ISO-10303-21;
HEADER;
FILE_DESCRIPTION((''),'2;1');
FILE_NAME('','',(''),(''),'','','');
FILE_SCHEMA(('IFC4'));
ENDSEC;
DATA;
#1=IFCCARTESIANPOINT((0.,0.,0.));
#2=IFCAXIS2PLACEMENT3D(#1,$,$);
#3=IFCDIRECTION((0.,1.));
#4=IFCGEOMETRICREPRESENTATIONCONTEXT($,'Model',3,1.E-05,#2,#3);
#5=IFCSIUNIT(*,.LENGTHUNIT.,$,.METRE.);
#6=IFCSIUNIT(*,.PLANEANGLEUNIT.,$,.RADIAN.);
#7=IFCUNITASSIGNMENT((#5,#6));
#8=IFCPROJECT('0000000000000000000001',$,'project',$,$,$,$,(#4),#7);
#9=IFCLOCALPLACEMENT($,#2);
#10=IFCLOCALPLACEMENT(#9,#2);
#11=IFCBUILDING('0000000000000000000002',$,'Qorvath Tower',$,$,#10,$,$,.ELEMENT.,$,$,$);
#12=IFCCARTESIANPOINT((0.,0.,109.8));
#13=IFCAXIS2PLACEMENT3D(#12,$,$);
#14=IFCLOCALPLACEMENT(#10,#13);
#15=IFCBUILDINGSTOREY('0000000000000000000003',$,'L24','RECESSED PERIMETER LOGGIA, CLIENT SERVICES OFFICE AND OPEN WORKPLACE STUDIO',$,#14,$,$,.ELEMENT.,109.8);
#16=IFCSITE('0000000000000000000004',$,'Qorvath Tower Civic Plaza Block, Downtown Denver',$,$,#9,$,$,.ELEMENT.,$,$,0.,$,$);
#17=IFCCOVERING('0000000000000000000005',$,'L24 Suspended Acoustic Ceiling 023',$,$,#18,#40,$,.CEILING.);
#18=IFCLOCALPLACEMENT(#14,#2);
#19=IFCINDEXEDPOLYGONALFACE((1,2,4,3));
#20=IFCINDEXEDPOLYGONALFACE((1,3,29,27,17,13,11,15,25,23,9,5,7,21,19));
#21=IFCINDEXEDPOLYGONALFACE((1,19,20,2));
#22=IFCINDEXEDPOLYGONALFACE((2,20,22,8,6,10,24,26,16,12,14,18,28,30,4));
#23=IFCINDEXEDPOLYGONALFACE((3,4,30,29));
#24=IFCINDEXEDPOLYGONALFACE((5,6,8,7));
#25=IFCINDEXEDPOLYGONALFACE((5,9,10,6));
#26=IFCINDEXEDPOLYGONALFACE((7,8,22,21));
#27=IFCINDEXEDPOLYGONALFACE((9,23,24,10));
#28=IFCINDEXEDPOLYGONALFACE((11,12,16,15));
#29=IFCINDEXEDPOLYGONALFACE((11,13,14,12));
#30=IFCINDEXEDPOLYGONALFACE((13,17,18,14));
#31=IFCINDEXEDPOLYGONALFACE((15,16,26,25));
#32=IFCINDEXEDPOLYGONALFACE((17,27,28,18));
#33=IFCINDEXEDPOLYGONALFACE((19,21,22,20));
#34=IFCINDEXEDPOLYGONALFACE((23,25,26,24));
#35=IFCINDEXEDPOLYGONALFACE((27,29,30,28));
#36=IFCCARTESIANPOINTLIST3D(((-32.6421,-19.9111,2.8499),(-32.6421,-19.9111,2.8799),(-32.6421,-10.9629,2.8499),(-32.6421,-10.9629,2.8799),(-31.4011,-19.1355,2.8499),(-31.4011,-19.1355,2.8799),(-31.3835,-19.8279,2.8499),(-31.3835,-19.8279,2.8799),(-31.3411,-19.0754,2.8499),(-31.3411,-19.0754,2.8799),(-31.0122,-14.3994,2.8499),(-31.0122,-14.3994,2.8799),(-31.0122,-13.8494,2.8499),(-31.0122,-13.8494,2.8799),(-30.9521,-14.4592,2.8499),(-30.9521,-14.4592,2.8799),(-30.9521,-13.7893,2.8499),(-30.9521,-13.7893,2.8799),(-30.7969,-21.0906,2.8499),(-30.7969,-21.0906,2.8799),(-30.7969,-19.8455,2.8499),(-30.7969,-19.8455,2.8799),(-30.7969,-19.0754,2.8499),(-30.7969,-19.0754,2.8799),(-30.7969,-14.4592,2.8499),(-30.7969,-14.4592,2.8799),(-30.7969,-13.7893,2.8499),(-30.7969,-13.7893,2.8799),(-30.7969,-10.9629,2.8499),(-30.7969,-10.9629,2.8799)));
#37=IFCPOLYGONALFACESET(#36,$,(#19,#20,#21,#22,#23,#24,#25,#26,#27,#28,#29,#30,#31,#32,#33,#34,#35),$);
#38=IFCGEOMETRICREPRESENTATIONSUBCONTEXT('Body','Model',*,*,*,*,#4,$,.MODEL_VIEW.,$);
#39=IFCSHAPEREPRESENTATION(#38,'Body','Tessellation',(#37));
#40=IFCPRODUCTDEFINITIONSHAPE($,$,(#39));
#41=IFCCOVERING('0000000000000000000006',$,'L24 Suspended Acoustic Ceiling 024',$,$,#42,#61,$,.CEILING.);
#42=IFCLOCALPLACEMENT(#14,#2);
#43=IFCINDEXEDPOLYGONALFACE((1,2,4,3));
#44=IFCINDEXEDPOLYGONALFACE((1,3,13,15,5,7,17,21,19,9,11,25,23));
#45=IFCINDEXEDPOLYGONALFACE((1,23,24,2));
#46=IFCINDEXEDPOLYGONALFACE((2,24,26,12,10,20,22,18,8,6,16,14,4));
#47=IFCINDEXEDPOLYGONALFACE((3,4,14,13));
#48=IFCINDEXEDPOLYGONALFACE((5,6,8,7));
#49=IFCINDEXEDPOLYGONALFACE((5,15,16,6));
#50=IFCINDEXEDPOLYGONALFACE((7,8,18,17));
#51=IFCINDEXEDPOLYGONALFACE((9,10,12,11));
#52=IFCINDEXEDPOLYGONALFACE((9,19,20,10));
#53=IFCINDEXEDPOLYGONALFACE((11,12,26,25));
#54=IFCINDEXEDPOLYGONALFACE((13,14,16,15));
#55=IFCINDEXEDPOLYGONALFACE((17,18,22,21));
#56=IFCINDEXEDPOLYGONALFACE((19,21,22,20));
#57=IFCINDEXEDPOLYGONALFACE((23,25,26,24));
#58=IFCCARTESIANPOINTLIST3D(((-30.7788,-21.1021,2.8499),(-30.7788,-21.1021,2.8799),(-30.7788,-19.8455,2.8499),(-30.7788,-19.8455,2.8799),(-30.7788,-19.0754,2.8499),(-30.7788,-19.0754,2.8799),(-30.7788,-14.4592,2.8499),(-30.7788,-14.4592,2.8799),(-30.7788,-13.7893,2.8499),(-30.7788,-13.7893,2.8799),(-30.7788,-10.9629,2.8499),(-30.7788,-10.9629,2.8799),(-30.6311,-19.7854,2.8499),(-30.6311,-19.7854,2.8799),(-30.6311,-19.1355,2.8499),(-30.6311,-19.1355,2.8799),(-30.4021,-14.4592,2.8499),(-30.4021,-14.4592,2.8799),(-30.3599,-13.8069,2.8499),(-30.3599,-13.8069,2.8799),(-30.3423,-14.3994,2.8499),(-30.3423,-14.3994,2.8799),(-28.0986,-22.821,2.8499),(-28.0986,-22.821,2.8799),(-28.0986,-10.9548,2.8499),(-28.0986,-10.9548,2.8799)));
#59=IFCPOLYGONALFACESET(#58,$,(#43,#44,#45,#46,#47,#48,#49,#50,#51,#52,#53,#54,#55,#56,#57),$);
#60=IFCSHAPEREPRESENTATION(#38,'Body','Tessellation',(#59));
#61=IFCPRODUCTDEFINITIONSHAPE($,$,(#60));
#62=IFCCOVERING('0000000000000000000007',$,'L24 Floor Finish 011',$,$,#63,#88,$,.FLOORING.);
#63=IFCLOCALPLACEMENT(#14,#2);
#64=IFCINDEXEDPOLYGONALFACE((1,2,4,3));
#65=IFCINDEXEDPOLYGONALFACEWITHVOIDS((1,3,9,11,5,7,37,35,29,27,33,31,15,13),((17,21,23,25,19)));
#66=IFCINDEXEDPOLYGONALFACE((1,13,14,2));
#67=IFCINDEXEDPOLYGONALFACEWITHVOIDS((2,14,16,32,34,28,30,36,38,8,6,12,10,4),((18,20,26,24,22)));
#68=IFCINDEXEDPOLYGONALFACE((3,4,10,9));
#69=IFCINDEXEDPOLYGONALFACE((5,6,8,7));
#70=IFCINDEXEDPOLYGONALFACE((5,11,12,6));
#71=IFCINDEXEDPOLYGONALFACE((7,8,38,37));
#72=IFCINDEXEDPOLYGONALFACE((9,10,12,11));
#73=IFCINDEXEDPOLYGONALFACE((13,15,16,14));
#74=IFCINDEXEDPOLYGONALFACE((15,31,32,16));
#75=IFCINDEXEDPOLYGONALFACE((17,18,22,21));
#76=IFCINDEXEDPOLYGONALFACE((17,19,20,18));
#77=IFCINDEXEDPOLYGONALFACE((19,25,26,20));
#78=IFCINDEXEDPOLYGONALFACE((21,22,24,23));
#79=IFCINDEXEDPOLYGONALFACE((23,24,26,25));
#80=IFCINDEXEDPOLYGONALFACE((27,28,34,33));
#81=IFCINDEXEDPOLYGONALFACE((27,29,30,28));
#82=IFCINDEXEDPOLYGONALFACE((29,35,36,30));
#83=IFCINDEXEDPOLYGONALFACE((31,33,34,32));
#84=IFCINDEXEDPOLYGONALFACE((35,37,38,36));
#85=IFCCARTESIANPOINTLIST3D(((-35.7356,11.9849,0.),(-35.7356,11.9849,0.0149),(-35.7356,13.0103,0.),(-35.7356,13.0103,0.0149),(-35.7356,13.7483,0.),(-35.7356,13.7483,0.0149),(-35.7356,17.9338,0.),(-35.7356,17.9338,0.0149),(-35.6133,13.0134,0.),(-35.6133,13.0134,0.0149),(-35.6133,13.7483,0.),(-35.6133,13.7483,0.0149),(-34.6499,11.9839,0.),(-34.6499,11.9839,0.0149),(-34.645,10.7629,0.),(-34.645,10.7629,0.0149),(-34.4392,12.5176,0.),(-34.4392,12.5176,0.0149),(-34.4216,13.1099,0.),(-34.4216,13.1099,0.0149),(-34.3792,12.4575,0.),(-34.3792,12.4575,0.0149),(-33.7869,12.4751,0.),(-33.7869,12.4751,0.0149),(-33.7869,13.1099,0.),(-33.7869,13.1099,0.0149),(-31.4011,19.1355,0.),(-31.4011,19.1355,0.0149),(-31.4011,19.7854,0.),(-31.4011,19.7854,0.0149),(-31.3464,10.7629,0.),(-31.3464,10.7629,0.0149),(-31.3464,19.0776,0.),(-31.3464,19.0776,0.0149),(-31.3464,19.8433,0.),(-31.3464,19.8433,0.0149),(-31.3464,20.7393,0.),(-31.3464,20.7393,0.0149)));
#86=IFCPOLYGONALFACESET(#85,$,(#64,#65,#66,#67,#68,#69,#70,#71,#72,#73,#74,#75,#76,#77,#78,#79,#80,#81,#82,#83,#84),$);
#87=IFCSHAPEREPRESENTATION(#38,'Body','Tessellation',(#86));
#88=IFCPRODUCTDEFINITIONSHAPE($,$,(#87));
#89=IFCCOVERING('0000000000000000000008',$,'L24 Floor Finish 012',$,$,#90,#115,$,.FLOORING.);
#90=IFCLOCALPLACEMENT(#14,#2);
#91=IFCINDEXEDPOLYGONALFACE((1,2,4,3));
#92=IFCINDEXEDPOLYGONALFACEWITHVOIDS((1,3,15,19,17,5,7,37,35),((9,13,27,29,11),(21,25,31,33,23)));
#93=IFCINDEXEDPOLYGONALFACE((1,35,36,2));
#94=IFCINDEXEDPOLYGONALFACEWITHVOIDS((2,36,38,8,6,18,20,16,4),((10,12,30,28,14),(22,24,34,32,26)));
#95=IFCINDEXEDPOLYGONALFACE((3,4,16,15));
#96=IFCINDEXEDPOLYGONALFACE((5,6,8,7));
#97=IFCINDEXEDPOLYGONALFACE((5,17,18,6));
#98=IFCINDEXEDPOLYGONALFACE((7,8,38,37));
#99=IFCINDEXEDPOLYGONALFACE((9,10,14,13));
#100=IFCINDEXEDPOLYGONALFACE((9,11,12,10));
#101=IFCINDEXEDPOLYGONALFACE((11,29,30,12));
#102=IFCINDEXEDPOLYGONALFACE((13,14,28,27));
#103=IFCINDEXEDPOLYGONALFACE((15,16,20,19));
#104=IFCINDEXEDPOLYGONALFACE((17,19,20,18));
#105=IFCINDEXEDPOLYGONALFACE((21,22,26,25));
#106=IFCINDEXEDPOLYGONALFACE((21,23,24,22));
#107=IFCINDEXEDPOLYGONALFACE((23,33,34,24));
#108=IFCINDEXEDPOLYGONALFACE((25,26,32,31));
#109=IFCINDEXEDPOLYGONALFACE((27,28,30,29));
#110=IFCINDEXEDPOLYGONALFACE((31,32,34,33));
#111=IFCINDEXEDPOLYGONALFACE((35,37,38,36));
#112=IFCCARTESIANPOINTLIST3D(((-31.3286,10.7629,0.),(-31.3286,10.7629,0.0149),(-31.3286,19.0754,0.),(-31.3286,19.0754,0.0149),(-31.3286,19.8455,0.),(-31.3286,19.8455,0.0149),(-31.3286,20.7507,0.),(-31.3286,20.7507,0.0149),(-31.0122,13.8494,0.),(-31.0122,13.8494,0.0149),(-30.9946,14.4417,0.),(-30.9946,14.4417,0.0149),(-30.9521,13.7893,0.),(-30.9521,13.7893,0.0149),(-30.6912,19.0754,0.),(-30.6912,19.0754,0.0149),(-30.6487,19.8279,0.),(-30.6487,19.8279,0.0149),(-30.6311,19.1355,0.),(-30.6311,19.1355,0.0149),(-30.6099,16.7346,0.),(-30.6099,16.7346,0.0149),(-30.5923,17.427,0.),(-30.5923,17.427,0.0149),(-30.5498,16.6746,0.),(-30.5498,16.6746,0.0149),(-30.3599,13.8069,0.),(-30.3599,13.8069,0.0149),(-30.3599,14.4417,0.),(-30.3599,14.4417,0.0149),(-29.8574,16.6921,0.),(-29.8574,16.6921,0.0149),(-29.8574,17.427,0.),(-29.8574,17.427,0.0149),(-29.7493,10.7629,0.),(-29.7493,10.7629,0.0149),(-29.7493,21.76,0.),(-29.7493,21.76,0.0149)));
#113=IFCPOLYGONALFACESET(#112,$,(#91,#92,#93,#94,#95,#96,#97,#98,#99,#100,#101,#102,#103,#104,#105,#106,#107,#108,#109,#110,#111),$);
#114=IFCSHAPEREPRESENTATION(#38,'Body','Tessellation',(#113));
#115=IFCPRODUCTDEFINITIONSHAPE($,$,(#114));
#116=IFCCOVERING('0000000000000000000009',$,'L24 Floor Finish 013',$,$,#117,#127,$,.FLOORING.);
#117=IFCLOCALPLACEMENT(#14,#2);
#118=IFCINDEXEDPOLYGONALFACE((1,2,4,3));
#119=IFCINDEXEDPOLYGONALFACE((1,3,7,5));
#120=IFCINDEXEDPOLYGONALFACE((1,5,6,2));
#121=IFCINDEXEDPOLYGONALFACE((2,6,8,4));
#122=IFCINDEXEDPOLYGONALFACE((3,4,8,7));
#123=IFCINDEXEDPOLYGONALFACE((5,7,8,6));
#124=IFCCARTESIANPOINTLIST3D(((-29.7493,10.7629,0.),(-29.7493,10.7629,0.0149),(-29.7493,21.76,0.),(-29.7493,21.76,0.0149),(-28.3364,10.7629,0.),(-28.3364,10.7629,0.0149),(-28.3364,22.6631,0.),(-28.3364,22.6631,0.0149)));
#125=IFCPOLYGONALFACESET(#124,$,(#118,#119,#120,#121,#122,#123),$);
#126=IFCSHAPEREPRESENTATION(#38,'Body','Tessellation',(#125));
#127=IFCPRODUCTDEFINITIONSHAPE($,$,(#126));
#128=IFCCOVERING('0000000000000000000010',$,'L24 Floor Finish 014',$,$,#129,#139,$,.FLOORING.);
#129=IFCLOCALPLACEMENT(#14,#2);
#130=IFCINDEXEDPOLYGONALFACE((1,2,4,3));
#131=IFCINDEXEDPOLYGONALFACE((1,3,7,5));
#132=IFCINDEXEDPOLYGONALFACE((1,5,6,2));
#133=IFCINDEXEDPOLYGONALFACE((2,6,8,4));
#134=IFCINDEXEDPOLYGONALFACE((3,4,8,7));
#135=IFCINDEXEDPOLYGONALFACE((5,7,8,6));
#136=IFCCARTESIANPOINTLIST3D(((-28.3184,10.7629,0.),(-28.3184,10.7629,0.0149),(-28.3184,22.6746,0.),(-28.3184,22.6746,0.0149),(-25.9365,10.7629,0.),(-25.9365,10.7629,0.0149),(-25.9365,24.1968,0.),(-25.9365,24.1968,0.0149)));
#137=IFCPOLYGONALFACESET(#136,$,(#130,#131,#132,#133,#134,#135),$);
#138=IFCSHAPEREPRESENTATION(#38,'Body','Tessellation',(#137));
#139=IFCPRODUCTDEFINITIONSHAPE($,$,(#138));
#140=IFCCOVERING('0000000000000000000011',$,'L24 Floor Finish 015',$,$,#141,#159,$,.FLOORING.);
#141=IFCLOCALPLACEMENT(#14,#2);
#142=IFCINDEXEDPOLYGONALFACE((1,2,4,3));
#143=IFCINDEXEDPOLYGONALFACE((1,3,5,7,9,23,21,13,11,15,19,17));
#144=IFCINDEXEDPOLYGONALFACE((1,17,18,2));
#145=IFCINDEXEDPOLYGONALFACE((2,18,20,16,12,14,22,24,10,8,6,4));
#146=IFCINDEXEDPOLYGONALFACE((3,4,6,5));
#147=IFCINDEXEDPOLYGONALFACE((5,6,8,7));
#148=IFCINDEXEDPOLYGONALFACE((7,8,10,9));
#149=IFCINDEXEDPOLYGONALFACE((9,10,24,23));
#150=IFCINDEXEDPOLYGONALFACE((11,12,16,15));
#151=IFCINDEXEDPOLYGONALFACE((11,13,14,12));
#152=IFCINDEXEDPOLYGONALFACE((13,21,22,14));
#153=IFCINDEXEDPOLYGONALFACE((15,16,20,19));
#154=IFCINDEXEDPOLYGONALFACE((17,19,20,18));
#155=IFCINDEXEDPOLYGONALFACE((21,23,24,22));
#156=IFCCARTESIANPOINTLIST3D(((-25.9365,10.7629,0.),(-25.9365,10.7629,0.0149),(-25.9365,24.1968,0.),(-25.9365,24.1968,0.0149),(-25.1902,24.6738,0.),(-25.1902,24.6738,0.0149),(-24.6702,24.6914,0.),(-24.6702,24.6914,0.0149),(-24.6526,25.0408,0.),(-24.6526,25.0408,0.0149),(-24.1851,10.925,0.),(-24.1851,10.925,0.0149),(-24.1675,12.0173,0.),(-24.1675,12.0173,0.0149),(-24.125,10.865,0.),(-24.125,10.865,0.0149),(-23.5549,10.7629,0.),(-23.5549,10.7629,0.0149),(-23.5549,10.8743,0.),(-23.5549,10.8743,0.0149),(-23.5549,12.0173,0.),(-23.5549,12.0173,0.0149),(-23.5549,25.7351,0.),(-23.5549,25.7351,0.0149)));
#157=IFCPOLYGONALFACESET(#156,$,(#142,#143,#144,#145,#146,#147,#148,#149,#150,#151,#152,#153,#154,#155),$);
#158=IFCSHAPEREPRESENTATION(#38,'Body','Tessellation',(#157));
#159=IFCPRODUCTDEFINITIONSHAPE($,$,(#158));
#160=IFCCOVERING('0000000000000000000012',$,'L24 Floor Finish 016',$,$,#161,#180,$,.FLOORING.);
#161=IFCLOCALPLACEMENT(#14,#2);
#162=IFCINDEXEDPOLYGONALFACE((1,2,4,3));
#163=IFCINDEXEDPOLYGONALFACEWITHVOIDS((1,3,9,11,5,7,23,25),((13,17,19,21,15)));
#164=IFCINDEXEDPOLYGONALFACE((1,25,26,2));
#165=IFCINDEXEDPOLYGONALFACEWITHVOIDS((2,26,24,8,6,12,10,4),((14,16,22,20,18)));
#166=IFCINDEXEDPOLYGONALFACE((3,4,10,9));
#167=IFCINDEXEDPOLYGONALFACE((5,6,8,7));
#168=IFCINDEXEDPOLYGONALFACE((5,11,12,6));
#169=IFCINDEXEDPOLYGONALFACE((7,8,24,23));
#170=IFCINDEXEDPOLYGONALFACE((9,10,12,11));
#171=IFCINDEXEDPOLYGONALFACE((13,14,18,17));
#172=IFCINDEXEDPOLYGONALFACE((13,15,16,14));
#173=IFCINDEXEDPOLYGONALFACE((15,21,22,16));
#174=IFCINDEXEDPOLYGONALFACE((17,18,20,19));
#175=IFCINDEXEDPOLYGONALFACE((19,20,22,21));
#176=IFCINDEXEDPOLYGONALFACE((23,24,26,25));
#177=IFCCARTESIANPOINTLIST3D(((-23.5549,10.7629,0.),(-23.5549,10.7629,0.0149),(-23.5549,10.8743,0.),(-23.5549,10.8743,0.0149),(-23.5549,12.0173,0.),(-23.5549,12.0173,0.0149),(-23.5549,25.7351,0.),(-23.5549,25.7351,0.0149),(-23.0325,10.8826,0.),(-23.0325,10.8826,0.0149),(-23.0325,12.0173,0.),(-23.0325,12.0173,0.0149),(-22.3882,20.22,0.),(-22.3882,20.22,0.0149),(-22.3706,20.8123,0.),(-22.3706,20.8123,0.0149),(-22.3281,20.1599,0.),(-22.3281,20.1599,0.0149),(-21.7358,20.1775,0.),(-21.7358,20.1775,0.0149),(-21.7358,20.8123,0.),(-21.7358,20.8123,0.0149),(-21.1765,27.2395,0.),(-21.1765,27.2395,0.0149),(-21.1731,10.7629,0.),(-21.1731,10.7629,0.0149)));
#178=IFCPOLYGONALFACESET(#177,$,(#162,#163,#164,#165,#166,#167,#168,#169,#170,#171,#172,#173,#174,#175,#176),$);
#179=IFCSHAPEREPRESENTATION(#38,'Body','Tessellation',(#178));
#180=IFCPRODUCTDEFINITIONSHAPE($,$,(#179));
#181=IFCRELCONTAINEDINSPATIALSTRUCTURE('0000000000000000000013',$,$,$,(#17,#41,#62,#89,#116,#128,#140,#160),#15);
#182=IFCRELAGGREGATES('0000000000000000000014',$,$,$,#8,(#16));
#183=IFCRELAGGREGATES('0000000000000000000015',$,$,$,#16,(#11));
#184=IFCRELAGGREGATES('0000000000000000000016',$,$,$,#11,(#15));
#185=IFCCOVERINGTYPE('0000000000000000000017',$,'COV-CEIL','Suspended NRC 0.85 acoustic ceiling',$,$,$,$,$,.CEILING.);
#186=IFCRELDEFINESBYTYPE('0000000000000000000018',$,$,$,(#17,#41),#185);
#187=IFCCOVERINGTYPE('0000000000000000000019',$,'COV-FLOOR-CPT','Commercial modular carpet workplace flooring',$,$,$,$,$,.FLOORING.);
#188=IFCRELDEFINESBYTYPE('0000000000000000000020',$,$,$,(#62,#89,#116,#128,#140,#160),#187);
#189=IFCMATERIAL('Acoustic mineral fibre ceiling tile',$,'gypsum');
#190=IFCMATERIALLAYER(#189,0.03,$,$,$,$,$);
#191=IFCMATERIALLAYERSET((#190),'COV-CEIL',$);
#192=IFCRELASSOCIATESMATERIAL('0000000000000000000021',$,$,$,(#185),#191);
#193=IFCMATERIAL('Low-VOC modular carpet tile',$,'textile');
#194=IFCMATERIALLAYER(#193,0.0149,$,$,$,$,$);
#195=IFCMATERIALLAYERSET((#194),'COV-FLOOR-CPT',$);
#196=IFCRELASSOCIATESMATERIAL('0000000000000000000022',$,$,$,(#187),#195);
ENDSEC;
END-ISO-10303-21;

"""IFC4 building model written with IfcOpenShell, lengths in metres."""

from ifc_helpers import new_model, si_unit, direction, frame, origin, place, context, subcontext, project, spatial, polyline, outline, extrude, material, layer, layer_set, type_object, element, save


model = new_model("IFC4")

# Units and contexts
model_context = context("Model", 3, precision=1e-05, world=origin(), true_north=direction((0.0, 1.0)))
body_context = subcontext(model_context, "Body", "Model", "MODEL_VIEW")
ifc_project = project(units=[si_unit("LENGTHUNIT", "METRE"), si_unit("PLANEANGLEUNIT", "RADIAN")], contexts=[model_context])

# Site, building, storey
site_placement = place(None, origin())
site = spatial("IfcSite", under=ifc_project, at=site_placement, Name="Qorvath Tower Civic Plaza Block, Downtown Denver", CompositionType="ELEMENT", RefElevation=0.0)
building_placement = place(site_placement, origin())
building = spatial("IfcBuilding", under=site, at=building_placement, Name="Qorvath Tower", CompositionType="ELEMENT")
storey_placement = place(building_placement, frame((0.0, 0.0, 109.8)))
storey = spatial("IfcBuildingStorey", under=building, at=storey_placement, Name="L24", Description="RECESSED PERIMETER LOGGIA, CLIENT SERVICES OFFICE AND OPEN WORKPLACE STUDIO", CompositionType="ELEMENT", Elevation=109.8)

# Coverings
ifc_material_1 = material(Name="Acoustic mineral fibre ceiling tile", Category="gypsum")
ifc_layer_1 = layer(ifc_material_1, 0.03)
ifc_layer_set_1 = layer_set([ifc_layer_1], Name="COV-CEIL")
covering_type_1 = type_object("IfcCoveringType", Name="COV-CEIL", Description="Suspended NRC 0.85 acoustic ceiling", PredefinedType="CEILING", material=ifc_layer_set_1)
covering_1_placement = place(storey_placement, frame((0.0, 0.0, 2.8499)))
element("IfcCovering", 1, at=covering_1_placement, inside=storey, type_object=covering_type_1, Name="L24 Suspended Acoustic Ceiling 023", PredefinedType="CEILING", context=body_context, shape_type="SweptSolid", body=[
    extrude(outline(polyline([(-31.3411, -19.0754), (-30.7969, -19.0754), (-30.7969, -14.4592), (-30.9521, -14.4592), (-31.0122, -14.3994), (-31.0122, -13.8494), (-30.9521, -13.7893), (-30.7969, -13.7893), (-30.7969, -10.9629), (-32.6421, -10.9629), (-32.6421, -19.9111), (-30.7969, -21.0906), (-30.7969, -19.8455), (-31.3835, -19.8279), (-31.4011, -19.1355), (-31.3411, -19.0754)])), origin(), (0.0, 0.0, 1.0), 0.03),
])
covering_2_placement = place(storey_placement, frame((0.0, 0.0, 2.8499)))
element("IfcCovering", 2, at=covering_2_placement, inside=storey, type_object=covering_type_1, Name="L24 Suspended Acoustic Ceiling 024", PredefinedType="CEILING", context=body_context, shape_type="SweptSolid", body=[
    extrude(outline(polyline([(-28.0986, -22.821), (-28.0986, -10.9548), (-30.7788, -10.9629), (-30.7788, -13.7893), (-30.3599, -13.8069), (-30.3423, -14.3994), (-30.4021, -14.4592), (-30.7788, -14.4592), (-30.7788, -19.0754), (-30.6311, -19.1355), (-30.6311, -19.7854), (-30.7788, -19.8455), (-30.7788, -21.1021), (-28.0986, -22.821)])), origin(), (0.0, 0.0, 1.0), 0.03),
])
ifc_material_2 = material(Name="Low-VOC modular carpet tile", Category="textile")
ifc_layer_2 = layer(ifc_material_2, 0.0149)
ifc_layer_set_2 = layer_set([ifc_layer_2], Name="COV-FLOOR-CPT")
covering_type_2 = type_object("IfcCoveringType", Name="COV-FLOOR-CPT", Description="Commercial modular carpet workplace flooring", PredefinedType="FLOORING", material=ifc_layer_set_2)
covering_3_placement = place(storey_placement, origin())
element("IfcCovering", 3, at=covering_3_placement, inside=storey, type_object=covering_type_2, Name="L24 Floor Finish 011", PredefinedType="FLOORING", context=body_context, shape_type="SweptSolid", body=[
    extrude(outline(polyline([(-35.7356, 17.9338), (-35.7356, 13.7483), (-35.6133, 13.7483), (-35.6133, 13.0134), (-35.7356, 13.0103), (-35.7356, 11.9849), (-34.6499, 11.9839), (-34.645, 10.7629), (-31.3464, 10.7629), (-31.3464, 19.0776), (-31.4011, 19.1355), (-31.4011, 19.7854), (-31.3464, 19.8433), (-31.3464, 20.7393), (-35.7356, 17.9338)]), holes=[polyline([(-34.4392, 12.5176), (-34.4216, 13.1099), (-33.7869, 13.1099), (-33.7869, 12.4751), (-34.3792, 12.4575), (-34.4392, 12.5176)])]), origin(), (0.0, 0.0, 1.0), 0.0149),
])
covering_4_placement = place(storey_placement, origin())
element("IfcCovering", 4, at=covering_4_placement, inside=storey, type_object=covering_type_2, Name="L24 Floor Finish 012", PredefinedType="FLOORING", context=body_context, shape_type="SweptSolid", body=[
    extrude(outline(polyline([(-29.7493, 10.7629), (-29.7493, 21.76), (-31.3286, 20.7507), (-31.3286, 19.8455), (-30.6487, 19.8279), (-30.6311, 19.1355), (-30.6912, 19.0754), (-31.3286, 19.0754), (-31.3286, 10.7629), (-29.7493, 10.7629)]), holes=[polyline([(-30.6099, 16.7346), (-30.5923, 17.427), (-29.8574, 17.427), (-29.8574, 16.6921), (-30.5498, 16.6746), (-30.6099, 16.7346)]), polyline([(-31.0122, 13.8494), (-30.9946, 14.4417), (-30.3599, 14.4417), (-30.3599, 13.8069), (-30.9521, 13.7893), (-31.0122, 13.8494)])]), origin(), (0.0, 0.0, 1.0), 0.0149),
])
covering_5_placement = place(storey_placement, origin())
element("IfcCovering", 5, at=covering_5_placement, inside=storey, type_object=covering_type_2, Name="L24 Floor Finish 013", PredefinedType="FLOORING", context=body_context, shape_type="SweptSolid", body=[
    extrude(outline(polyline([(-28.3364, 22.6631), (-29.7493, 21.76), (-29.7493, 10.7629), (-28.3364, 10.7629), (-28.3364, 22.6631)])), origin(), (0.0, 0.0, 1.0), 0.0149),
])
covering_6_placement = place(storey_placement, origin())
element("IfcCovering", 6, at=covering_6_placement, inside=storey, type_object=covering_type_2, Name="L24 Floor Finish 014", PredefinedType="FLOORING", context=body_context, shape_type="SweptSolid", body=[
    extrude(outline(polyline([(-25.9365, 10.7629), (-25.9365, 24.1968), (-28.3184, 22.6746), (-28.3184, 10.7629), (-25.9365, 10.7629)])), origin(), (0.0, 0.0, 1.0), 0.0149),
])
covering_7_placement = place(storey_placement, origin())
element("IfcCovering", 7, at=covering_7_placement, inside=storey, type_object=covering_type_2, Name="L24 Floor Finish 015", PredefinedType="FLOORING", context=body_context, shape_type="SweptSolid", body=[
    extrude(outline(polyline([(-23.5549, 10.7629), (-23.5549, 10.8743), (-24.125, 10.865), (-24.1851, 10.925), (-24.1675, 12.0173), (-23.5549, 12.0173), (-23.5549, 25.7351), (-24.6526, 25.0408), (-24.6702, 24.6914), (-25.1902, 24.6738), (-25.9365, 24.1968), (-25.9365, 10.7629), (-23.5549, 10.7629)])), origin(), (0.0, 0.0, 1.0), 0.0149),
])
covering_8_placement = place(storey_placement, origin())
element("IfcCovering", 8, at=covering_8_placement, inside=storey, type_object=covering_type_2, Name="L24 Floor Finish 016", PredefinedType="FLOORING", context=body_context, shape_type="SweptSolid", body=[
    extrude(outline(polyline([(-21.1731, 10.7629), (-21.1765, 27.2395), (-23.5549, 25.7351), (-23.5549, 12.0173), (-23.0325, 12.0173), (-23.0325, 10.8826), (-23.5549, 10.8743), (-23.5549, 10.7629), (-21.1731, 10.7629)]), holes=[polyline([(-22.3882, 20.22), (-22.3706, 20.8123), (-21.7358, 20.8123), (-21.7358, 20.1775), (-22.3281, 20.1599), (-22.3882, 20.22)])]), origin(), (0.0, 0.0, 1.0), 0.0149),
])

save(model, "model.ifc")
